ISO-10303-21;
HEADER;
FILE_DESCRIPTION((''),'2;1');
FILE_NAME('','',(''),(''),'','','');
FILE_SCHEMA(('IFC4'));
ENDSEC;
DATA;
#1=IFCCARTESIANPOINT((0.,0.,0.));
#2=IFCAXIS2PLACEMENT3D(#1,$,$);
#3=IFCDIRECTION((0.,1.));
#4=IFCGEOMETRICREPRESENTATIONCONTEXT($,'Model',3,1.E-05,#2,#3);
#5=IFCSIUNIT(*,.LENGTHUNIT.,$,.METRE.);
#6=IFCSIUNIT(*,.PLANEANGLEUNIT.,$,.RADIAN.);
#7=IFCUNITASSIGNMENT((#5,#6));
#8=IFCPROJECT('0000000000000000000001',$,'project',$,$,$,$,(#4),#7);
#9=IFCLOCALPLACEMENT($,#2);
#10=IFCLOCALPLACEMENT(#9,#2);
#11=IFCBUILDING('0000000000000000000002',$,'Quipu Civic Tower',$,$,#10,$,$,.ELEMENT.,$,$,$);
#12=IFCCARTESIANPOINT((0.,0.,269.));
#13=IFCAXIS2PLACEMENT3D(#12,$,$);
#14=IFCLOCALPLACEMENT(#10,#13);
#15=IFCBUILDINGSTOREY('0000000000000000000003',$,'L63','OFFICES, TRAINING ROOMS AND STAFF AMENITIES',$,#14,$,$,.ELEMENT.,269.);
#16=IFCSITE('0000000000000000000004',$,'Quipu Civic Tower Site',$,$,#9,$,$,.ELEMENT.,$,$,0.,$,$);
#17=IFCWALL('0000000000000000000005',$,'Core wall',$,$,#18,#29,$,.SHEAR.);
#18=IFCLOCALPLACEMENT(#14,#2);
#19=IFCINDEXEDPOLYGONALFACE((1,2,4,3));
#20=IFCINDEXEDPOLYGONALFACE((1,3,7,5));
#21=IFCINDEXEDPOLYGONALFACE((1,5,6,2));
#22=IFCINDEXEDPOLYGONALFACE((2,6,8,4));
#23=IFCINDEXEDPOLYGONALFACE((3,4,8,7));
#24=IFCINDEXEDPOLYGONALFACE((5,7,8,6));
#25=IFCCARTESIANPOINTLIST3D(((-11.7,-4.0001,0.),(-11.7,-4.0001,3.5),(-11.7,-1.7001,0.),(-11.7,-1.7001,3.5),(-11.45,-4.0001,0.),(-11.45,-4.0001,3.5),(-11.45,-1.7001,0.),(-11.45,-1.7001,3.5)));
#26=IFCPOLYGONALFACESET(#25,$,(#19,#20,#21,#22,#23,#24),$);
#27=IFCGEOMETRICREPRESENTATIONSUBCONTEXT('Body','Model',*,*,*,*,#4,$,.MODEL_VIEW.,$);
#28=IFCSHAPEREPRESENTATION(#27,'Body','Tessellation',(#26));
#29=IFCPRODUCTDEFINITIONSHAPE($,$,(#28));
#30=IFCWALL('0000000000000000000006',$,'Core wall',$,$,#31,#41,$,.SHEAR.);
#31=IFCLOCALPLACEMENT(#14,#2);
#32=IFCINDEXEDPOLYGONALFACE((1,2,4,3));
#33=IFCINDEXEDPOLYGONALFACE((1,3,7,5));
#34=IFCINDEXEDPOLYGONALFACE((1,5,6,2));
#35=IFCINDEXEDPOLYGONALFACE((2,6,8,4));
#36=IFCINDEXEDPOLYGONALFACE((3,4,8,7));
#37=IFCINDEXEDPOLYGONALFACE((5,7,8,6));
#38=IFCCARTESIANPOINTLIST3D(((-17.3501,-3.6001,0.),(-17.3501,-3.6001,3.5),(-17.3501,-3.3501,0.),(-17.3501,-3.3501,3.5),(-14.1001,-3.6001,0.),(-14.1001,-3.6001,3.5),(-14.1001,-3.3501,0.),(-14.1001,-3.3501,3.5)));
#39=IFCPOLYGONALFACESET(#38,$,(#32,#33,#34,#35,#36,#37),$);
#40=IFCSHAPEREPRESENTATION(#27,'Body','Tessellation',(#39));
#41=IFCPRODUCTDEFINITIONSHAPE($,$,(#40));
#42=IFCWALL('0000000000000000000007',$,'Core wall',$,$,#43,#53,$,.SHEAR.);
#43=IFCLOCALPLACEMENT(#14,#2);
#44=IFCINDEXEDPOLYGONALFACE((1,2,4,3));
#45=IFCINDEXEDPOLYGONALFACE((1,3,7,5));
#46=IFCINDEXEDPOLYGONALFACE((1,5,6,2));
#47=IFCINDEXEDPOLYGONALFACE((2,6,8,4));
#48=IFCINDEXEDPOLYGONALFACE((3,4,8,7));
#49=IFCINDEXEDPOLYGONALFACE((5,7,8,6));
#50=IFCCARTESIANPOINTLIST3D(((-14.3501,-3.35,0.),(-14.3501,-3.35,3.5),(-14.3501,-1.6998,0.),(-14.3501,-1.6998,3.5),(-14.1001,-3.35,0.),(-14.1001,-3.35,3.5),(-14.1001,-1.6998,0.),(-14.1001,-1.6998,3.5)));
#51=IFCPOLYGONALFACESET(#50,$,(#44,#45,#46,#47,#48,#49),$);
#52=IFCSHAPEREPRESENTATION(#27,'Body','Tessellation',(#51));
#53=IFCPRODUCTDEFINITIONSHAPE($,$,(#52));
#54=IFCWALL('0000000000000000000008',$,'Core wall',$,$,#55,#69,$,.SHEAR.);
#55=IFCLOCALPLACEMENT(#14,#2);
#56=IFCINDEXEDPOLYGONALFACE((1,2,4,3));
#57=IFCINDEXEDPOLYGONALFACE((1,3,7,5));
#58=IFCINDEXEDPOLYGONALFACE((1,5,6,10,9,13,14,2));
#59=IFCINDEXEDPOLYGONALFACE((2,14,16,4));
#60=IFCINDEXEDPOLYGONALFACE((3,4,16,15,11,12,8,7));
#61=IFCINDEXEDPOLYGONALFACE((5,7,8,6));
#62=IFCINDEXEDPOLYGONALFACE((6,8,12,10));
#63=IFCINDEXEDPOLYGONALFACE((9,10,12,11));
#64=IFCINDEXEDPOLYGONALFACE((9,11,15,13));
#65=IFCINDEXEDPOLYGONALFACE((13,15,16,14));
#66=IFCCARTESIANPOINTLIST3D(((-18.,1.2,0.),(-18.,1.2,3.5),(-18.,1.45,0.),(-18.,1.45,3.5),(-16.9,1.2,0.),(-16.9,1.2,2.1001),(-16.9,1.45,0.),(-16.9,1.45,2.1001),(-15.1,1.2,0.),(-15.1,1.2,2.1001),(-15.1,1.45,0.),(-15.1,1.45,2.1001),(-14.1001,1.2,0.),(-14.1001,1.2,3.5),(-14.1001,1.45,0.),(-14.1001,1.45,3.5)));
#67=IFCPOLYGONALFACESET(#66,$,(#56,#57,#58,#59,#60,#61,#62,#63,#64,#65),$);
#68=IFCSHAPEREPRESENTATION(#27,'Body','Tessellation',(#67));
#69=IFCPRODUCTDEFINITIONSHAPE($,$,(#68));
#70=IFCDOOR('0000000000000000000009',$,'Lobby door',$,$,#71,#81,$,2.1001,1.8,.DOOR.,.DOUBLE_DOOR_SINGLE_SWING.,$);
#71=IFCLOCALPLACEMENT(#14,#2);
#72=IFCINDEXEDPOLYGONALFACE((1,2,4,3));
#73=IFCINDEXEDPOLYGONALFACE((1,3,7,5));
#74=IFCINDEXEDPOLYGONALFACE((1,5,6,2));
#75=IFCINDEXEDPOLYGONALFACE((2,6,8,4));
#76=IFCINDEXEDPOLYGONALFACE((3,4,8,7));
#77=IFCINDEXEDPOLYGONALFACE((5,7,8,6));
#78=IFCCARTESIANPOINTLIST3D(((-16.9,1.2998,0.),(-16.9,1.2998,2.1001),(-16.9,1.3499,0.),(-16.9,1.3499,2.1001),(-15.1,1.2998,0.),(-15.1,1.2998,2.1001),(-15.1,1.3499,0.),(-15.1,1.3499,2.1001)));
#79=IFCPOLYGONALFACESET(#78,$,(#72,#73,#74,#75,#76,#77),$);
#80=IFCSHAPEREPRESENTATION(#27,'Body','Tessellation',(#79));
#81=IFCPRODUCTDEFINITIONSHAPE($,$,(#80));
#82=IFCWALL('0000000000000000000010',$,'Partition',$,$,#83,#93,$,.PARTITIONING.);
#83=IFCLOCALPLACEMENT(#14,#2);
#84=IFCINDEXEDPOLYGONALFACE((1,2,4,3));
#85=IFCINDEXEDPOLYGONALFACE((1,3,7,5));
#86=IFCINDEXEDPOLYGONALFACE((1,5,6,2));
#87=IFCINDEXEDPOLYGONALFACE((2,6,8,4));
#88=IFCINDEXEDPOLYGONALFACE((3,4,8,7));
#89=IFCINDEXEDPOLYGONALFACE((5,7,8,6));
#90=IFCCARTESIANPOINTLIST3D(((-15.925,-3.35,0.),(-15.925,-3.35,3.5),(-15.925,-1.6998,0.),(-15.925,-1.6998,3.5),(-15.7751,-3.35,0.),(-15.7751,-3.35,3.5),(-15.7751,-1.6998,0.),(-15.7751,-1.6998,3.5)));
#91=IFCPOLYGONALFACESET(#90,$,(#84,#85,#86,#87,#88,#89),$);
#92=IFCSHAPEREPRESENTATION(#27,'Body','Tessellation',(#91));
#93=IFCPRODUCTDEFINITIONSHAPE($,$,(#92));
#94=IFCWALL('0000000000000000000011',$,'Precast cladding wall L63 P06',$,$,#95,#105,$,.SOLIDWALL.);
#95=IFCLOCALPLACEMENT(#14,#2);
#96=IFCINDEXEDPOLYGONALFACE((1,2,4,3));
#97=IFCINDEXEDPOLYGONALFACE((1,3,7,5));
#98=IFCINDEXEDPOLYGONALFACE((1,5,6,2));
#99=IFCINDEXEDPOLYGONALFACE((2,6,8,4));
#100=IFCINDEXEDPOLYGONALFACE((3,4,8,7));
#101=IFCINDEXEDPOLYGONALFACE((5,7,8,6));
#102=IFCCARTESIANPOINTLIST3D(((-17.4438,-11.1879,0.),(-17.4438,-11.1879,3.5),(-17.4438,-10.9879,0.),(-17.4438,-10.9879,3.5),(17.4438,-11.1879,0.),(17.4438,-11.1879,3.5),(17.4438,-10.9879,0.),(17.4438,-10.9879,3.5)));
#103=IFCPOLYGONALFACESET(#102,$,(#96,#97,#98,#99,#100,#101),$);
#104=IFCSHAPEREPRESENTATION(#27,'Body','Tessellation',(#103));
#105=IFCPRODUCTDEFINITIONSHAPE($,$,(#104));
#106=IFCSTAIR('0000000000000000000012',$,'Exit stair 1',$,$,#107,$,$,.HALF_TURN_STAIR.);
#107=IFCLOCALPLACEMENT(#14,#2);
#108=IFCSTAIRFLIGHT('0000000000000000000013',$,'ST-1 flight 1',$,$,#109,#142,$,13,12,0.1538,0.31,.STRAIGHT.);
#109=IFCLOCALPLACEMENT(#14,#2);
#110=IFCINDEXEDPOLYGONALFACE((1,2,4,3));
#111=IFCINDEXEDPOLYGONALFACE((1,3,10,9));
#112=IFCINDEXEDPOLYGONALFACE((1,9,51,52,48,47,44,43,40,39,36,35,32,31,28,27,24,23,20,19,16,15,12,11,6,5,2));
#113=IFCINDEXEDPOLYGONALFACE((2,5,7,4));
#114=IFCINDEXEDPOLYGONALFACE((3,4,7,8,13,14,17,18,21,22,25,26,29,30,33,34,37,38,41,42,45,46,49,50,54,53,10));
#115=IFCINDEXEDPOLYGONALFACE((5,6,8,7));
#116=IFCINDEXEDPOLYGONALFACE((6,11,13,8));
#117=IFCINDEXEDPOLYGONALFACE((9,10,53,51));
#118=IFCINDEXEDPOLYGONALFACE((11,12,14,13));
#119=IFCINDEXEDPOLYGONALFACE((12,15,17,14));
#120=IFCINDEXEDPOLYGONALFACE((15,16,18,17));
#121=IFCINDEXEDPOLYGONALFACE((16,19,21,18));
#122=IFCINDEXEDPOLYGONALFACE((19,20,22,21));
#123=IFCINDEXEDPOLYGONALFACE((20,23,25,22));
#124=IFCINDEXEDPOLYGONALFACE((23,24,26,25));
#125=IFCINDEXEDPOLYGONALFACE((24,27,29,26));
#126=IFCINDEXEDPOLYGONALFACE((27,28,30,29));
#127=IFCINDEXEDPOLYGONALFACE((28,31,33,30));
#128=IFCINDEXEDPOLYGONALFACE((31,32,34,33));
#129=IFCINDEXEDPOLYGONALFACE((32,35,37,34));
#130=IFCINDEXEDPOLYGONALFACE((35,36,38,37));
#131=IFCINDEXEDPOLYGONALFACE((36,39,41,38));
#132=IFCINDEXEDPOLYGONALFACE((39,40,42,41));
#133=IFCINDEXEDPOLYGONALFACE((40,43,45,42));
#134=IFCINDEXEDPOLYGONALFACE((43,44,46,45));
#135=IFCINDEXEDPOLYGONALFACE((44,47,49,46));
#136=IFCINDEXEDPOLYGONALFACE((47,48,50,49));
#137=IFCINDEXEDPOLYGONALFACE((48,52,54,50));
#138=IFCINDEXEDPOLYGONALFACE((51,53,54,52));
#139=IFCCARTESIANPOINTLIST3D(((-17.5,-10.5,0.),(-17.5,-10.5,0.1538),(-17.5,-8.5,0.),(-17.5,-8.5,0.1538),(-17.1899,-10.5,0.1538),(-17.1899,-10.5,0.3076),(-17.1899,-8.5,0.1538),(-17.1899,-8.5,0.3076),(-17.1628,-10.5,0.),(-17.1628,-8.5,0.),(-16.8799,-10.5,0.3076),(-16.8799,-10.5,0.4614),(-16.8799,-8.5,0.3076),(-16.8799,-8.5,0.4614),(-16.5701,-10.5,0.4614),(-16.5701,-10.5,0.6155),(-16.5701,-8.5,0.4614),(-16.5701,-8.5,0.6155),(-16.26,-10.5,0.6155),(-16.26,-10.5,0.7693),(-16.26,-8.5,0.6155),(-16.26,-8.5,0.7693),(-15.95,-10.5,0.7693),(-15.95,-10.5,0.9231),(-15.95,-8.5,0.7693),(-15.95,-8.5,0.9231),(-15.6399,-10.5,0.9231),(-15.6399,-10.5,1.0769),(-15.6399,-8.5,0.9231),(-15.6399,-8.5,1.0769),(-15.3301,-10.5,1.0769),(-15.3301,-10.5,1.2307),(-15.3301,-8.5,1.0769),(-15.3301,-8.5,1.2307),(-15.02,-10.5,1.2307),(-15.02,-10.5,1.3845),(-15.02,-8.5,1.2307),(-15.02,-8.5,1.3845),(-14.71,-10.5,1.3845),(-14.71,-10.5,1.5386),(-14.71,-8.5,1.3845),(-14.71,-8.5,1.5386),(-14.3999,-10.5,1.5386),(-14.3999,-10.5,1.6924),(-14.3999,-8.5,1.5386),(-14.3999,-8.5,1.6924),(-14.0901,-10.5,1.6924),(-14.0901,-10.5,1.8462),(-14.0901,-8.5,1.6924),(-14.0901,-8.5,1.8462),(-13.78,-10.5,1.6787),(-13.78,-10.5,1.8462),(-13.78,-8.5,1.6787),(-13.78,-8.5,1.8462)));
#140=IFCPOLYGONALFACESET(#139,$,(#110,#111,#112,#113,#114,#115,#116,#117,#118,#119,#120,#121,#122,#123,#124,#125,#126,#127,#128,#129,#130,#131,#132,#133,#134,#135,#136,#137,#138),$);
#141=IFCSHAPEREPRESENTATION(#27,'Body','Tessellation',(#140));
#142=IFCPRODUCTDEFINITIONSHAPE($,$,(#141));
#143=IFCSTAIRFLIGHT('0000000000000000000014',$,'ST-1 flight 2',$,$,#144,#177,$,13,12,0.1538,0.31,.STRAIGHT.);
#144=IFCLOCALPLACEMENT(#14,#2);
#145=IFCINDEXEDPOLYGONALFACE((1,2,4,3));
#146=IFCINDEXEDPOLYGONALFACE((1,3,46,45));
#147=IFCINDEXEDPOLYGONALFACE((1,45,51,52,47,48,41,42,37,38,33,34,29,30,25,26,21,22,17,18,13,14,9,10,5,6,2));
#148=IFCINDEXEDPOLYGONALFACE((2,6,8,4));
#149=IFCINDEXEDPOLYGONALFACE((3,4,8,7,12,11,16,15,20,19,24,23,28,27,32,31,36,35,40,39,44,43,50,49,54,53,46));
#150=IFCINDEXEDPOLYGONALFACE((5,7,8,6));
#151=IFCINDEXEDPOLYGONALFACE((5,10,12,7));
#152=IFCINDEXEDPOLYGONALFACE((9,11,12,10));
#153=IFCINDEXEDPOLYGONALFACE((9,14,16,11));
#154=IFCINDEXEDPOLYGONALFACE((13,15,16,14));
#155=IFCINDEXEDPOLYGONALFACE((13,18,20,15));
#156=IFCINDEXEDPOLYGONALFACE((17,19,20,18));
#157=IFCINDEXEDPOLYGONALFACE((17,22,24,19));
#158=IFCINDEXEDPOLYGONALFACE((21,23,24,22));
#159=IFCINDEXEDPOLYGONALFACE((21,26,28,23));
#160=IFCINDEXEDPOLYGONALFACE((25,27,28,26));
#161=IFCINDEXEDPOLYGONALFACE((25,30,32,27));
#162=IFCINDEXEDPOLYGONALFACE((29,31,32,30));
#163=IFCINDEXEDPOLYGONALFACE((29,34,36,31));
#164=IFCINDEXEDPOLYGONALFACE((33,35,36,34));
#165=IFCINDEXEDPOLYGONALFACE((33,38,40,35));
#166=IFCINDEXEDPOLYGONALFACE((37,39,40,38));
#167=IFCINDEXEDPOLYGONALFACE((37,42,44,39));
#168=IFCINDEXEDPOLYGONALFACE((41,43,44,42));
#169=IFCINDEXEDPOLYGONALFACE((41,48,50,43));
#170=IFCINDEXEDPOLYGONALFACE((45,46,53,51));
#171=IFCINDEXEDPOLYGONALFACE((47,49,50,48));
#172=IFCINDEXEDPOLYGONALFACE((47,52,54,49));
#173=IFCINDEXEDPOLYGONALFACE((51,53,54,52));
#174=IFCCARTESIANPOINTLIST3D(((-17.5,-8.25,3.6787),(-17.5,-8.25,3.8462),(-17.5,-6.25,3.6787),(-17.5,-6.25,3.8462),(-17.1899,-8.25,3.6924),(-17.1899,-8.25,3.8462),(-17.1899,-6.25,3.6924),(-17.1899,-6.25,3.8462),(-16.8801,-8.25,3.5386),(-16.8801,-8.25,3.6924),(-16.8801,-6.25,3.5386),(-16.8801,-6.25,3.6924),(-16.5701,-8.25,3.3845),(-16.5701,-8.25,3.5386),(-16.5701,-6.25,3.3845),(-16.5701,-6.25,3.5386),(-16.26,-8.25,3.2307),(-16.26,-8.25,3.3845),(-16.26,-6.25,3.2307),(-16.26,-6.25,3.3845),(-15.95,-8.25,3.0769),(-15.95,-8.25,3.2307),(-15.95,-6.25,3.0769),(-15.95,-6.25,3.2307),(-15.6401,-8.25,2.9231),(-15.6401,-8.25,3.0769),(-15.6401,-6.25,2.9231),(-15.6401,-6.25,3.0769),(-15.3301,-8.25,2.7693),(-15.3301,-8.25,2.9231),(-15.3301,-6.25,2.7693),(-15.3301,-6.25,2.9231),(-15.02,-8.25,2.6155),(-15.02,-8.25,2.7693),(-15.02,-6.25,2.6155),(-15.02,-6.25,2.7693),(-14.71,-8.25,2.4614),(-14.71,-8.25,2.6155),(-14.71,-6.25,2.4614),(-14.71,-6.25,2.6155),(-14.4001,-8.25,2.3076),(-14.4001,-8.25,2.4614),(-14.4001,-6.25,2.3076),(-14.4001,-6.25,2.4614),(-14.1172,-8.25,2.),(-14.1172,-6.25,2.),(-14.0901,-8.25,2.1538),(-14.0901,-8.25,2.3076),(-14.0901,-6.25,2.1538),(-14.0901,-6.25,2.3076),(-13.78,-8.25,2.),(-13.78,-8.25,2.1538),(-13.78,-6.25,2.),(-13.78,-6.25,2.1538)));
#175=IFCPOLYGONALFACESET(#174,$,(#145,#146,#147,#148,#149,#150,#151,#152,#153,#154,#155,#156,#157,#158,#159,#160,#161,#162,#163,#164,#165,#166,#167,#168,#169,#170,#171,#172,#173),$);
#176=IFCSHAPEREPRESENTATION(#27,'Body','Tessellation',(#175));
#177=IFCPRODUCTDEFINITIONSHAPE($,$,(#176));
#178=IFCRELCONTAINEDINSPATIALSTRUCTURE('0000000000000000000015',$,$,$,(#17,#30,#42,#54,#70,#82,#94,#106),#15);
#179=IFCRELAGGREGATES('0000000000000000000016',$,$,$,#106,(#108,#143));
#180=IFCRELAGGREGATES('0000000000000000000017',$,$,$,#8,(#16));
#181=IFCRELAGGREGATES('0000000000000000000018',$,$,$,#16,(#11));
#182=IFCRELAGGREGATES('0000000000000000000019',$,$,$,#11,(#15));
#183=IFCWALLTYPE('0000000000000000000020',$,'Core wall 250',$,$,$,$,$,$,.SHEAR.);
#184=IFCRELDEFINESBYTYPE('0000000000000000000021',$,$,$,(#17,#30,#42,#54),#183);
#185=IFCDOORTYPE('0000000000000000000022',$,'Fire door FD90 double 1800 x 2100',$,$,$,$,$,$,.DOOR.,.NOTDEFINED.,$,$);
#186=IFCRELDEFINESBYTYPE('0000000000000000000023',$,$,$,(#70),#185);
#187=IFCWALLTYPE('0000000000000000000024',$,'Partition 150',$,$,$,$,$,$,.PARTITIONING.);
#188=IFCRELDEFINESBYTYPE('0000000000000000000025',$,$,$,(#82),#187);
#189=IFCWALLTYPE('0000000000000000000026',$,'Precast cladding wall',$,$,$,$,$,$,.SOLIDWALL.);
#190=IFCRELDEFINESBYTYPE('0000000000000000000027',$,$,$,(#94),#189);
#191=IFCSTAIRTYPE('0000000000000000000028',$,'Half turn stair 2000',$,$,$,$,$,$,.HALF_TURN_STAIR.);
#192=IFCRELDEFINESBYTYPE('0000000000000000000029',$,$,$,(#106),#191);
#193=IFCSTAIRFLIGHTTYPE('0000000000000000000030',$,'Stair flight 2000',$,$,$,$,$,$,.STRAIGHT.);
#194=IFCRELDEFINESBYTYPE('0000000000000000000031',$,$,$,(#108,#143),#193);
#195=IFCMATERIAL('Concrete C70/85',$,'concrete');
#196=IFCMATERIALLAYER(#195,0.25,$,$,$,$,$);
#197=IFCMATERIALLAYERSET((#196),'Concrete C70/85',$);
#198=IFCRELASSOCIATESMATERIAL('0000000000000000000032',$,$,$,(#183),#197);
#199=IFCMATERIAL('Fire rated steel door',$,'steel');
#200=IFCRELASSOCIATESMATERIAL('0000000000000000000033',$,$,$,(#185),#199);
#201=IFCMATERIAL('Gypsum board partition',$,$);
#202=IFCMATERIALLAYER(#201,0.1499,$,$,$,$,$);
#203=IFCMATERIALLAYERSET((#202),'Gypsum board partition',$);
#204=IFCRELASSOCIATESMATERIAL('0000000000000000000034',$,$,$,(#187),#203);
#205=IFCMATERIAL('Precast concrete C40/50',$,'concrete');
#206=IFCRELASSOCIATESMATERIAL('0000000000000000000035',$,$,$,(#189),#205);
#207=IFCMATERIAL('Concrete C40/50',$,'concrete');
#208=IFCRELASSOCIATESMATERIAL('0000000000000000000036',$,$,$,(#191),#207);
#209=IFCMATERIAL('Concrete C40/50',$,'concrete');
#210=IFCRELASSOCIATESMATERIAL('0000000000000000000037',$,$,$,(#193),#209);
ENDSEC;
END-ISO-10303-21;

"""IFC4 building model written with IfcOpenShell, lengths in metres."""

from ifc_helpers import new_model, si_unit, direction, frame, frame_2d, origin, place, context, subcontext, project, spatial, polyline, rectangle, outline, extrude, material, layer, layer_set, type_object, element, fill, aggregate, save


model = new_model("IFC4")

# Units and contexts
model_context = context("Model", 3, precision=1e-05, world=origin(), true_north=direction((0.0, 1.0)))
body_context = subcontext(model_context, "Body", "Model", "MODEL_VIEW")
ifc_project = project(units=[si_unit("LENGTHUNIT", "METRE"), si_unit("PLANEANGLEUNIT", "RADIAN")], contexts=[model_context])

# Site, building, storey
site_placement = place(None, origin())
site = spatial("IfcSite", under=ifc_project, at=site_placement, Name="Quipu Civic Tower Site", CompositionType="ELEMENT", RefElevation=0.0)
building_placement = place(site_placement, origin())
building = spatial("IfcBuilding", under=site, at=building_placement, Name="Quipu Civic Tower", CompositionType="ELEMENT")
storey_placement = place(building_placement, frame((0.0, 0.0, 269.0)))
storey = spatial("IfcBuildingStorey", under=building, at=storey_placement, Name="L63", Description="OFFICES, TRAINING ROOMS AND STAFF AMENITIES", CompositionType="ELEMENT", Elevation=269.0)

# Shared definitions
ifc_material_1 = material(Name="Concrete C70/85", Category="concrete")
ifc_layer_1 = layer(ifc_material_1, 0.25)
ifc_layer_set_1 = layer_set([ifc_layer_1], Name="Concrete C70/85")
wall_type_1 = type_object("IfcWallType", Name="Core wall 250", PredefinedType="SHEAR", material=ifc_layer_set_1)

# Walls
wall_1_placement = place(storey_placement, frame((-11.575, -4.0, 0.0), z_axis=(0.0, 0.0, 1.0), x_axis=(0.0, 1.0, 0.0)))
element("IfcWall", 1, at=wall_1_placement, inside=storey, type_object=wall_type_1, Name="Core wall", PredefinedType="SHEAR", context=body_context, shape_type="SweptSolid", body=[
    extrude(rectangle(XDim=2.3, YDim=0.25, at=frame_2d((1.1499, 0.0))), origin(), (0.0, 0.0, 1.0), 3.5),
])
wall_2_placement = place(storey_placement, frame((-17.3501, -3.4751, 0.0), z_axis=(0.0, 0.0, 1.0), x_axis=(1.0, 0.0, 0.0)))
element("IfcWall", 2, at=wall_2_placement, inside=storey, type_object=wall_type_1, Name="Core wall", PredefinedType="SHEAR", context=body_context, shape_type="SweptSolid", body=[
    extrude(rectangle(XDim=3.25, YDim=0.25, at=frame_2d((1.625, 0.0))), origin(), (0.0, 0.0, 1.0), 3.5),
])
wall_3_placement = place(storey_placement, frame((-14.2251, -3.3501, 0.0), z_axis=(0.0, 0.0, 1.0), x_axis=(0.0, 1.0, 0.0)))
element("IfcWall", 3, at=wall_3_placement, inside=storey, type_object=wall_type_1, Name="Core wall", PredefinedType="SHEAR", context=body_context, shape_type="SweptSolid", body=[
    extrude(rectangle(XDim=1.6501, YDim=0.25, at=frame_2d((0.8252, 0.0))), origin(), (0.0, 0.0, 1.0), 3.5),
])

# Wall, opening, door
wall_4_placement = place(storey_placement, frame((-18.0, 1.325, 0.0), z_axis=(0.0, 0.0, 1.0), x_axis=(1.0, 0.0, 0.0)))
wall_4 = element("IfcWall", 4, at=wall_4_placement, inside=storey, type_object=wall_type_1, Name="Core wall", PredefinedType="SHEAR", context=body_context, shape_type="SweptSolid", body=[
    extrude(rectangle(XDim=3.8999, YDim=0.25, at=frame_2d((1.95, 0.0))), origin(), (0.0, 0.0, 1.0), 3.5),
])
opening_1_placement = place(wall_4_placement, frame((1.1001, 0.0, 0.0)))
opening_1 = element("IfcOpeningElement", 5, at=opening_1_placement, cuts=wall_4, PredefinedType="OPENING", context=body_context, shape_type="SweptSolid", body=[
    extrude(rectangle(XDim=1.8, YDim=2.1001, at=frame_2d((0.8999, 1.05))), frame((0.0, 0.135, 0.0), z_axis=(0.0, -1.0, 0.0), x_axis=(1.0, 0.0, 0.0)), (0.0, 0.0, 1.0), 0.27),
])
ifc_material_2 = material(Name="Fire rated steel door", Category="steel")
door_type_1 = type_object("IfcDoorType", Name="Fire door FD90 double 1800 x 2100", OperationType="NOTDEFINED", PredefinedType="DOOR", material=ifc_material_2)
door_1_placement = place(opening_1_placement, origin())
door_1 = element("IfcDoor", 6, at=door_1_placement, inside=storey, type_object=door_type_1, Name="Lobby door", OperationType="DOUBLE_DOOR_SINGLE_SWING", OverallHeight=2.1001, OverallWidth=1.8, PredefinedType="DOOR", context=body_context, shape_type="SweptSolid", body=[
    extrude(rectangle(XDim=1.8, YDim=2.1001, at=frame_2d((0.8999, 1.05))), frame((0.0, 0.0249, 0.0), z_axis=(0.0, -1.0, 0.0), x_axis=(1.0, 0.0, 0.0)), (0.0, 0.0, 1.0), 0.05),
])
fill(opening_1, door_1)

# Walls
ifc_material_3 = material(Name="Gypsum board partition")
ifc_layer_2 = layer(ifc_material_3, 0.1499)
ifc_layer_set_2 = layer_set([ifc_layer_2], Name="Gypsum board partition")
wall_type_2 = type_object("IfcWallType", Name="Partition 150", PredefinedType="PARTITIONING", material=ifc_layer_set_2)
wall_5_placement = place(storey_placement, frame((-15.8501, -3.3501, 0.0), z_axis=(0.0, 0.0, 1.0), x_axis=(0.0, 1.0, 0.0)))
element("IfcWall", 7, at=wall_5_placement, inside=storey, type_object=wall_type_2, Name="Partition", PredefinedType="PARTITIONING", context=body_context, shape_type="SweptSolid", body=[
    extrude(rectangle(XDim=1.6501, YDim=0.1499, at=frame_2d((0.8252, 0.0))), origin(), (0.0, 0.0, 1.0), 3.5),
])
ifc_material_4 = material(Name="Precast concrete C40/50", Category="concrete")
wall_type_3 = type_object("IfcWallType", Name="Precast cladding wall", PredefinedType="SOLIDWALL", material=ifc_material_4)
wall_6_placement = place(storey_placement, frame((-17.4438, -11.0879, 0.0), z_axis=(0.0, 0.0, 1.0), x_axis=(1.0, 0.0, 0.0)))
element("IfcWall", 8, at=wall_6_placement, inside=storey, type_object=wall_type_3, Name="Precast cladding wall L63 P06", PredefinedType="SOLIDWALL", context=body_context, shape_type="SweptSolid", body=[
    extrude(rectangle(XDim=34.8877, YDim=0.2, at=frame_2d((17.4438, 0.0))), origin(), (0.0, 0.0, 1.0), 3.5),
])

# Stair, stair flights
ifc_material_5 = material(Name="Concrete C40/50", Category="concrete")
stair_type = type_object("IfcStairType", Name="Half turn stair 2000", PredefinedType="HALF_TURN_STAIR", material=ifc_material_5)
stair_placement = place(storey_placement, origin())
stair = element("IfcStair", 9, at=stair_placement, inside=storey, type_object=stair_type, Name="Exit stair 1", PredefinedType="HALF_TURN_STAIR")
ifc_material_6 = material(Name="Concrete C40/50", Category="concrete")
stair_flight_type = type_object("IfcStairFlightType", Name="Stair flight 2000", PredefinedType="STRAIGHT", material=ifc_material_6)
stair_flight_1_placement = place(storey_placement, frame((-17.5, -9.5, 0.0), z_axis=(0.0, 0.0, 1.0), x_axis=(1.0, 0.0, 0.0)))
stair_flight_1 = element("IfcStairFlight", 10, at=stair_flight_1_placement, type_object=stair_flight_type, Name="ST-1 flight 1", NumberOfRisers=13, NumberOfTreads=12, PredefinedType="STRAIGHT", RiserHeight=0.1538, TreadLength=0.31, context=body_context, shape_type="SweptSolid", body=[
    extrude(outline(polyline([(0.0, 0.0), (0.0, 0.1538), (0.3101, 0.1538), (0.3101, 0.3076), (0.6201, 0.3076), (0.6201, 0.4614), (0.9299, 0.4614), (0.9299, 0.6155), (1.24, 0.6155), (1.24, 0.7693), (1.55, 0.7693), (1.55, 0.9231), (1.8601, 0.9231), (1.8601, 1.0769), (2.1699, 1.0769), (2.1699, 1.2307), (2.48, 1.2307), (2.48, 1.3845), (2.79, 1.3845), (2.79, 1.5386), (3.1001, 1.5386), (3.1001, 1.6924), (3.4099, 1.6924), (3.4099, 1.8462), (3.72, 1.8462), (3.72, 2.0), (3.72, 1.6787), (0.3372, 0.0), (0.0, 0.0)])), frame((0.0, 1.0, 0.0), z_axis=(0.0, -1.0, 0.0), x_axis=(1.0, 0.0, 0.0)), (0.0, 0.0, 1.0), 2.0),
])
stair_flight_2_placement = place(storey_placement, frame((-13.78, -7.25, 2.0), z_axis=(0.0, 0.0, 1.0), x_axis=(-1.0, 0.0, 0.0)))
stair_flight_2 = element("IfcStairFlight", 11, at=stair_flight_2_placement, type_object=stair_flight_type, Name="ST-1 flight 2", NumberOfRisers=13, NumberOfTreads=12, PredefinedType="STRAIGHT", RiserHeight=0.1538, TreadLength=0.31, context=body_context, shape_type="SweptSolid", body=[
    extrude(outline(polyline([(0.0, 0.0), (0.0, 0.1538), (0.3101, 0.1538), (0.3101, 0.3076), (0.6201, 0.3076), (0.6201, 0.4614), (0.9299, 0.4614), (0.9299, 0.6155), (1.24, 0.6155), (1.24, 0.7693), (1.55, 0.7693), (1.55, 0.9231), (1.8601, 0.9231), (1.8601, 1.0769), (2.1699, 1.0769), (2.1699, 1.2307), (2.48, 1.2307), (2.48, 1.3845), (2.79, 1.3845), (2.79, 1.5386), (3.1001, 1.5386), (3.1001, 1.6924), (3.4099, 1.6924), (3.4099, 1.8462), (3.72, 1.8462), (3.72, 2.0), (3.72, 1.6787), (0.3372, 0.0), (0.0, 0.0)])), frame((0.0, 1.0, 0.0), z_axis=(0.0, -1.0, 0.0), x_axis=(1.0, 0.0, 0.0)), (0.0, 0.0, 1.0), 2.0),
])
aggregate(stair, [stair_flight_1, stair_flight_2])

save(model, "model.ifc")
